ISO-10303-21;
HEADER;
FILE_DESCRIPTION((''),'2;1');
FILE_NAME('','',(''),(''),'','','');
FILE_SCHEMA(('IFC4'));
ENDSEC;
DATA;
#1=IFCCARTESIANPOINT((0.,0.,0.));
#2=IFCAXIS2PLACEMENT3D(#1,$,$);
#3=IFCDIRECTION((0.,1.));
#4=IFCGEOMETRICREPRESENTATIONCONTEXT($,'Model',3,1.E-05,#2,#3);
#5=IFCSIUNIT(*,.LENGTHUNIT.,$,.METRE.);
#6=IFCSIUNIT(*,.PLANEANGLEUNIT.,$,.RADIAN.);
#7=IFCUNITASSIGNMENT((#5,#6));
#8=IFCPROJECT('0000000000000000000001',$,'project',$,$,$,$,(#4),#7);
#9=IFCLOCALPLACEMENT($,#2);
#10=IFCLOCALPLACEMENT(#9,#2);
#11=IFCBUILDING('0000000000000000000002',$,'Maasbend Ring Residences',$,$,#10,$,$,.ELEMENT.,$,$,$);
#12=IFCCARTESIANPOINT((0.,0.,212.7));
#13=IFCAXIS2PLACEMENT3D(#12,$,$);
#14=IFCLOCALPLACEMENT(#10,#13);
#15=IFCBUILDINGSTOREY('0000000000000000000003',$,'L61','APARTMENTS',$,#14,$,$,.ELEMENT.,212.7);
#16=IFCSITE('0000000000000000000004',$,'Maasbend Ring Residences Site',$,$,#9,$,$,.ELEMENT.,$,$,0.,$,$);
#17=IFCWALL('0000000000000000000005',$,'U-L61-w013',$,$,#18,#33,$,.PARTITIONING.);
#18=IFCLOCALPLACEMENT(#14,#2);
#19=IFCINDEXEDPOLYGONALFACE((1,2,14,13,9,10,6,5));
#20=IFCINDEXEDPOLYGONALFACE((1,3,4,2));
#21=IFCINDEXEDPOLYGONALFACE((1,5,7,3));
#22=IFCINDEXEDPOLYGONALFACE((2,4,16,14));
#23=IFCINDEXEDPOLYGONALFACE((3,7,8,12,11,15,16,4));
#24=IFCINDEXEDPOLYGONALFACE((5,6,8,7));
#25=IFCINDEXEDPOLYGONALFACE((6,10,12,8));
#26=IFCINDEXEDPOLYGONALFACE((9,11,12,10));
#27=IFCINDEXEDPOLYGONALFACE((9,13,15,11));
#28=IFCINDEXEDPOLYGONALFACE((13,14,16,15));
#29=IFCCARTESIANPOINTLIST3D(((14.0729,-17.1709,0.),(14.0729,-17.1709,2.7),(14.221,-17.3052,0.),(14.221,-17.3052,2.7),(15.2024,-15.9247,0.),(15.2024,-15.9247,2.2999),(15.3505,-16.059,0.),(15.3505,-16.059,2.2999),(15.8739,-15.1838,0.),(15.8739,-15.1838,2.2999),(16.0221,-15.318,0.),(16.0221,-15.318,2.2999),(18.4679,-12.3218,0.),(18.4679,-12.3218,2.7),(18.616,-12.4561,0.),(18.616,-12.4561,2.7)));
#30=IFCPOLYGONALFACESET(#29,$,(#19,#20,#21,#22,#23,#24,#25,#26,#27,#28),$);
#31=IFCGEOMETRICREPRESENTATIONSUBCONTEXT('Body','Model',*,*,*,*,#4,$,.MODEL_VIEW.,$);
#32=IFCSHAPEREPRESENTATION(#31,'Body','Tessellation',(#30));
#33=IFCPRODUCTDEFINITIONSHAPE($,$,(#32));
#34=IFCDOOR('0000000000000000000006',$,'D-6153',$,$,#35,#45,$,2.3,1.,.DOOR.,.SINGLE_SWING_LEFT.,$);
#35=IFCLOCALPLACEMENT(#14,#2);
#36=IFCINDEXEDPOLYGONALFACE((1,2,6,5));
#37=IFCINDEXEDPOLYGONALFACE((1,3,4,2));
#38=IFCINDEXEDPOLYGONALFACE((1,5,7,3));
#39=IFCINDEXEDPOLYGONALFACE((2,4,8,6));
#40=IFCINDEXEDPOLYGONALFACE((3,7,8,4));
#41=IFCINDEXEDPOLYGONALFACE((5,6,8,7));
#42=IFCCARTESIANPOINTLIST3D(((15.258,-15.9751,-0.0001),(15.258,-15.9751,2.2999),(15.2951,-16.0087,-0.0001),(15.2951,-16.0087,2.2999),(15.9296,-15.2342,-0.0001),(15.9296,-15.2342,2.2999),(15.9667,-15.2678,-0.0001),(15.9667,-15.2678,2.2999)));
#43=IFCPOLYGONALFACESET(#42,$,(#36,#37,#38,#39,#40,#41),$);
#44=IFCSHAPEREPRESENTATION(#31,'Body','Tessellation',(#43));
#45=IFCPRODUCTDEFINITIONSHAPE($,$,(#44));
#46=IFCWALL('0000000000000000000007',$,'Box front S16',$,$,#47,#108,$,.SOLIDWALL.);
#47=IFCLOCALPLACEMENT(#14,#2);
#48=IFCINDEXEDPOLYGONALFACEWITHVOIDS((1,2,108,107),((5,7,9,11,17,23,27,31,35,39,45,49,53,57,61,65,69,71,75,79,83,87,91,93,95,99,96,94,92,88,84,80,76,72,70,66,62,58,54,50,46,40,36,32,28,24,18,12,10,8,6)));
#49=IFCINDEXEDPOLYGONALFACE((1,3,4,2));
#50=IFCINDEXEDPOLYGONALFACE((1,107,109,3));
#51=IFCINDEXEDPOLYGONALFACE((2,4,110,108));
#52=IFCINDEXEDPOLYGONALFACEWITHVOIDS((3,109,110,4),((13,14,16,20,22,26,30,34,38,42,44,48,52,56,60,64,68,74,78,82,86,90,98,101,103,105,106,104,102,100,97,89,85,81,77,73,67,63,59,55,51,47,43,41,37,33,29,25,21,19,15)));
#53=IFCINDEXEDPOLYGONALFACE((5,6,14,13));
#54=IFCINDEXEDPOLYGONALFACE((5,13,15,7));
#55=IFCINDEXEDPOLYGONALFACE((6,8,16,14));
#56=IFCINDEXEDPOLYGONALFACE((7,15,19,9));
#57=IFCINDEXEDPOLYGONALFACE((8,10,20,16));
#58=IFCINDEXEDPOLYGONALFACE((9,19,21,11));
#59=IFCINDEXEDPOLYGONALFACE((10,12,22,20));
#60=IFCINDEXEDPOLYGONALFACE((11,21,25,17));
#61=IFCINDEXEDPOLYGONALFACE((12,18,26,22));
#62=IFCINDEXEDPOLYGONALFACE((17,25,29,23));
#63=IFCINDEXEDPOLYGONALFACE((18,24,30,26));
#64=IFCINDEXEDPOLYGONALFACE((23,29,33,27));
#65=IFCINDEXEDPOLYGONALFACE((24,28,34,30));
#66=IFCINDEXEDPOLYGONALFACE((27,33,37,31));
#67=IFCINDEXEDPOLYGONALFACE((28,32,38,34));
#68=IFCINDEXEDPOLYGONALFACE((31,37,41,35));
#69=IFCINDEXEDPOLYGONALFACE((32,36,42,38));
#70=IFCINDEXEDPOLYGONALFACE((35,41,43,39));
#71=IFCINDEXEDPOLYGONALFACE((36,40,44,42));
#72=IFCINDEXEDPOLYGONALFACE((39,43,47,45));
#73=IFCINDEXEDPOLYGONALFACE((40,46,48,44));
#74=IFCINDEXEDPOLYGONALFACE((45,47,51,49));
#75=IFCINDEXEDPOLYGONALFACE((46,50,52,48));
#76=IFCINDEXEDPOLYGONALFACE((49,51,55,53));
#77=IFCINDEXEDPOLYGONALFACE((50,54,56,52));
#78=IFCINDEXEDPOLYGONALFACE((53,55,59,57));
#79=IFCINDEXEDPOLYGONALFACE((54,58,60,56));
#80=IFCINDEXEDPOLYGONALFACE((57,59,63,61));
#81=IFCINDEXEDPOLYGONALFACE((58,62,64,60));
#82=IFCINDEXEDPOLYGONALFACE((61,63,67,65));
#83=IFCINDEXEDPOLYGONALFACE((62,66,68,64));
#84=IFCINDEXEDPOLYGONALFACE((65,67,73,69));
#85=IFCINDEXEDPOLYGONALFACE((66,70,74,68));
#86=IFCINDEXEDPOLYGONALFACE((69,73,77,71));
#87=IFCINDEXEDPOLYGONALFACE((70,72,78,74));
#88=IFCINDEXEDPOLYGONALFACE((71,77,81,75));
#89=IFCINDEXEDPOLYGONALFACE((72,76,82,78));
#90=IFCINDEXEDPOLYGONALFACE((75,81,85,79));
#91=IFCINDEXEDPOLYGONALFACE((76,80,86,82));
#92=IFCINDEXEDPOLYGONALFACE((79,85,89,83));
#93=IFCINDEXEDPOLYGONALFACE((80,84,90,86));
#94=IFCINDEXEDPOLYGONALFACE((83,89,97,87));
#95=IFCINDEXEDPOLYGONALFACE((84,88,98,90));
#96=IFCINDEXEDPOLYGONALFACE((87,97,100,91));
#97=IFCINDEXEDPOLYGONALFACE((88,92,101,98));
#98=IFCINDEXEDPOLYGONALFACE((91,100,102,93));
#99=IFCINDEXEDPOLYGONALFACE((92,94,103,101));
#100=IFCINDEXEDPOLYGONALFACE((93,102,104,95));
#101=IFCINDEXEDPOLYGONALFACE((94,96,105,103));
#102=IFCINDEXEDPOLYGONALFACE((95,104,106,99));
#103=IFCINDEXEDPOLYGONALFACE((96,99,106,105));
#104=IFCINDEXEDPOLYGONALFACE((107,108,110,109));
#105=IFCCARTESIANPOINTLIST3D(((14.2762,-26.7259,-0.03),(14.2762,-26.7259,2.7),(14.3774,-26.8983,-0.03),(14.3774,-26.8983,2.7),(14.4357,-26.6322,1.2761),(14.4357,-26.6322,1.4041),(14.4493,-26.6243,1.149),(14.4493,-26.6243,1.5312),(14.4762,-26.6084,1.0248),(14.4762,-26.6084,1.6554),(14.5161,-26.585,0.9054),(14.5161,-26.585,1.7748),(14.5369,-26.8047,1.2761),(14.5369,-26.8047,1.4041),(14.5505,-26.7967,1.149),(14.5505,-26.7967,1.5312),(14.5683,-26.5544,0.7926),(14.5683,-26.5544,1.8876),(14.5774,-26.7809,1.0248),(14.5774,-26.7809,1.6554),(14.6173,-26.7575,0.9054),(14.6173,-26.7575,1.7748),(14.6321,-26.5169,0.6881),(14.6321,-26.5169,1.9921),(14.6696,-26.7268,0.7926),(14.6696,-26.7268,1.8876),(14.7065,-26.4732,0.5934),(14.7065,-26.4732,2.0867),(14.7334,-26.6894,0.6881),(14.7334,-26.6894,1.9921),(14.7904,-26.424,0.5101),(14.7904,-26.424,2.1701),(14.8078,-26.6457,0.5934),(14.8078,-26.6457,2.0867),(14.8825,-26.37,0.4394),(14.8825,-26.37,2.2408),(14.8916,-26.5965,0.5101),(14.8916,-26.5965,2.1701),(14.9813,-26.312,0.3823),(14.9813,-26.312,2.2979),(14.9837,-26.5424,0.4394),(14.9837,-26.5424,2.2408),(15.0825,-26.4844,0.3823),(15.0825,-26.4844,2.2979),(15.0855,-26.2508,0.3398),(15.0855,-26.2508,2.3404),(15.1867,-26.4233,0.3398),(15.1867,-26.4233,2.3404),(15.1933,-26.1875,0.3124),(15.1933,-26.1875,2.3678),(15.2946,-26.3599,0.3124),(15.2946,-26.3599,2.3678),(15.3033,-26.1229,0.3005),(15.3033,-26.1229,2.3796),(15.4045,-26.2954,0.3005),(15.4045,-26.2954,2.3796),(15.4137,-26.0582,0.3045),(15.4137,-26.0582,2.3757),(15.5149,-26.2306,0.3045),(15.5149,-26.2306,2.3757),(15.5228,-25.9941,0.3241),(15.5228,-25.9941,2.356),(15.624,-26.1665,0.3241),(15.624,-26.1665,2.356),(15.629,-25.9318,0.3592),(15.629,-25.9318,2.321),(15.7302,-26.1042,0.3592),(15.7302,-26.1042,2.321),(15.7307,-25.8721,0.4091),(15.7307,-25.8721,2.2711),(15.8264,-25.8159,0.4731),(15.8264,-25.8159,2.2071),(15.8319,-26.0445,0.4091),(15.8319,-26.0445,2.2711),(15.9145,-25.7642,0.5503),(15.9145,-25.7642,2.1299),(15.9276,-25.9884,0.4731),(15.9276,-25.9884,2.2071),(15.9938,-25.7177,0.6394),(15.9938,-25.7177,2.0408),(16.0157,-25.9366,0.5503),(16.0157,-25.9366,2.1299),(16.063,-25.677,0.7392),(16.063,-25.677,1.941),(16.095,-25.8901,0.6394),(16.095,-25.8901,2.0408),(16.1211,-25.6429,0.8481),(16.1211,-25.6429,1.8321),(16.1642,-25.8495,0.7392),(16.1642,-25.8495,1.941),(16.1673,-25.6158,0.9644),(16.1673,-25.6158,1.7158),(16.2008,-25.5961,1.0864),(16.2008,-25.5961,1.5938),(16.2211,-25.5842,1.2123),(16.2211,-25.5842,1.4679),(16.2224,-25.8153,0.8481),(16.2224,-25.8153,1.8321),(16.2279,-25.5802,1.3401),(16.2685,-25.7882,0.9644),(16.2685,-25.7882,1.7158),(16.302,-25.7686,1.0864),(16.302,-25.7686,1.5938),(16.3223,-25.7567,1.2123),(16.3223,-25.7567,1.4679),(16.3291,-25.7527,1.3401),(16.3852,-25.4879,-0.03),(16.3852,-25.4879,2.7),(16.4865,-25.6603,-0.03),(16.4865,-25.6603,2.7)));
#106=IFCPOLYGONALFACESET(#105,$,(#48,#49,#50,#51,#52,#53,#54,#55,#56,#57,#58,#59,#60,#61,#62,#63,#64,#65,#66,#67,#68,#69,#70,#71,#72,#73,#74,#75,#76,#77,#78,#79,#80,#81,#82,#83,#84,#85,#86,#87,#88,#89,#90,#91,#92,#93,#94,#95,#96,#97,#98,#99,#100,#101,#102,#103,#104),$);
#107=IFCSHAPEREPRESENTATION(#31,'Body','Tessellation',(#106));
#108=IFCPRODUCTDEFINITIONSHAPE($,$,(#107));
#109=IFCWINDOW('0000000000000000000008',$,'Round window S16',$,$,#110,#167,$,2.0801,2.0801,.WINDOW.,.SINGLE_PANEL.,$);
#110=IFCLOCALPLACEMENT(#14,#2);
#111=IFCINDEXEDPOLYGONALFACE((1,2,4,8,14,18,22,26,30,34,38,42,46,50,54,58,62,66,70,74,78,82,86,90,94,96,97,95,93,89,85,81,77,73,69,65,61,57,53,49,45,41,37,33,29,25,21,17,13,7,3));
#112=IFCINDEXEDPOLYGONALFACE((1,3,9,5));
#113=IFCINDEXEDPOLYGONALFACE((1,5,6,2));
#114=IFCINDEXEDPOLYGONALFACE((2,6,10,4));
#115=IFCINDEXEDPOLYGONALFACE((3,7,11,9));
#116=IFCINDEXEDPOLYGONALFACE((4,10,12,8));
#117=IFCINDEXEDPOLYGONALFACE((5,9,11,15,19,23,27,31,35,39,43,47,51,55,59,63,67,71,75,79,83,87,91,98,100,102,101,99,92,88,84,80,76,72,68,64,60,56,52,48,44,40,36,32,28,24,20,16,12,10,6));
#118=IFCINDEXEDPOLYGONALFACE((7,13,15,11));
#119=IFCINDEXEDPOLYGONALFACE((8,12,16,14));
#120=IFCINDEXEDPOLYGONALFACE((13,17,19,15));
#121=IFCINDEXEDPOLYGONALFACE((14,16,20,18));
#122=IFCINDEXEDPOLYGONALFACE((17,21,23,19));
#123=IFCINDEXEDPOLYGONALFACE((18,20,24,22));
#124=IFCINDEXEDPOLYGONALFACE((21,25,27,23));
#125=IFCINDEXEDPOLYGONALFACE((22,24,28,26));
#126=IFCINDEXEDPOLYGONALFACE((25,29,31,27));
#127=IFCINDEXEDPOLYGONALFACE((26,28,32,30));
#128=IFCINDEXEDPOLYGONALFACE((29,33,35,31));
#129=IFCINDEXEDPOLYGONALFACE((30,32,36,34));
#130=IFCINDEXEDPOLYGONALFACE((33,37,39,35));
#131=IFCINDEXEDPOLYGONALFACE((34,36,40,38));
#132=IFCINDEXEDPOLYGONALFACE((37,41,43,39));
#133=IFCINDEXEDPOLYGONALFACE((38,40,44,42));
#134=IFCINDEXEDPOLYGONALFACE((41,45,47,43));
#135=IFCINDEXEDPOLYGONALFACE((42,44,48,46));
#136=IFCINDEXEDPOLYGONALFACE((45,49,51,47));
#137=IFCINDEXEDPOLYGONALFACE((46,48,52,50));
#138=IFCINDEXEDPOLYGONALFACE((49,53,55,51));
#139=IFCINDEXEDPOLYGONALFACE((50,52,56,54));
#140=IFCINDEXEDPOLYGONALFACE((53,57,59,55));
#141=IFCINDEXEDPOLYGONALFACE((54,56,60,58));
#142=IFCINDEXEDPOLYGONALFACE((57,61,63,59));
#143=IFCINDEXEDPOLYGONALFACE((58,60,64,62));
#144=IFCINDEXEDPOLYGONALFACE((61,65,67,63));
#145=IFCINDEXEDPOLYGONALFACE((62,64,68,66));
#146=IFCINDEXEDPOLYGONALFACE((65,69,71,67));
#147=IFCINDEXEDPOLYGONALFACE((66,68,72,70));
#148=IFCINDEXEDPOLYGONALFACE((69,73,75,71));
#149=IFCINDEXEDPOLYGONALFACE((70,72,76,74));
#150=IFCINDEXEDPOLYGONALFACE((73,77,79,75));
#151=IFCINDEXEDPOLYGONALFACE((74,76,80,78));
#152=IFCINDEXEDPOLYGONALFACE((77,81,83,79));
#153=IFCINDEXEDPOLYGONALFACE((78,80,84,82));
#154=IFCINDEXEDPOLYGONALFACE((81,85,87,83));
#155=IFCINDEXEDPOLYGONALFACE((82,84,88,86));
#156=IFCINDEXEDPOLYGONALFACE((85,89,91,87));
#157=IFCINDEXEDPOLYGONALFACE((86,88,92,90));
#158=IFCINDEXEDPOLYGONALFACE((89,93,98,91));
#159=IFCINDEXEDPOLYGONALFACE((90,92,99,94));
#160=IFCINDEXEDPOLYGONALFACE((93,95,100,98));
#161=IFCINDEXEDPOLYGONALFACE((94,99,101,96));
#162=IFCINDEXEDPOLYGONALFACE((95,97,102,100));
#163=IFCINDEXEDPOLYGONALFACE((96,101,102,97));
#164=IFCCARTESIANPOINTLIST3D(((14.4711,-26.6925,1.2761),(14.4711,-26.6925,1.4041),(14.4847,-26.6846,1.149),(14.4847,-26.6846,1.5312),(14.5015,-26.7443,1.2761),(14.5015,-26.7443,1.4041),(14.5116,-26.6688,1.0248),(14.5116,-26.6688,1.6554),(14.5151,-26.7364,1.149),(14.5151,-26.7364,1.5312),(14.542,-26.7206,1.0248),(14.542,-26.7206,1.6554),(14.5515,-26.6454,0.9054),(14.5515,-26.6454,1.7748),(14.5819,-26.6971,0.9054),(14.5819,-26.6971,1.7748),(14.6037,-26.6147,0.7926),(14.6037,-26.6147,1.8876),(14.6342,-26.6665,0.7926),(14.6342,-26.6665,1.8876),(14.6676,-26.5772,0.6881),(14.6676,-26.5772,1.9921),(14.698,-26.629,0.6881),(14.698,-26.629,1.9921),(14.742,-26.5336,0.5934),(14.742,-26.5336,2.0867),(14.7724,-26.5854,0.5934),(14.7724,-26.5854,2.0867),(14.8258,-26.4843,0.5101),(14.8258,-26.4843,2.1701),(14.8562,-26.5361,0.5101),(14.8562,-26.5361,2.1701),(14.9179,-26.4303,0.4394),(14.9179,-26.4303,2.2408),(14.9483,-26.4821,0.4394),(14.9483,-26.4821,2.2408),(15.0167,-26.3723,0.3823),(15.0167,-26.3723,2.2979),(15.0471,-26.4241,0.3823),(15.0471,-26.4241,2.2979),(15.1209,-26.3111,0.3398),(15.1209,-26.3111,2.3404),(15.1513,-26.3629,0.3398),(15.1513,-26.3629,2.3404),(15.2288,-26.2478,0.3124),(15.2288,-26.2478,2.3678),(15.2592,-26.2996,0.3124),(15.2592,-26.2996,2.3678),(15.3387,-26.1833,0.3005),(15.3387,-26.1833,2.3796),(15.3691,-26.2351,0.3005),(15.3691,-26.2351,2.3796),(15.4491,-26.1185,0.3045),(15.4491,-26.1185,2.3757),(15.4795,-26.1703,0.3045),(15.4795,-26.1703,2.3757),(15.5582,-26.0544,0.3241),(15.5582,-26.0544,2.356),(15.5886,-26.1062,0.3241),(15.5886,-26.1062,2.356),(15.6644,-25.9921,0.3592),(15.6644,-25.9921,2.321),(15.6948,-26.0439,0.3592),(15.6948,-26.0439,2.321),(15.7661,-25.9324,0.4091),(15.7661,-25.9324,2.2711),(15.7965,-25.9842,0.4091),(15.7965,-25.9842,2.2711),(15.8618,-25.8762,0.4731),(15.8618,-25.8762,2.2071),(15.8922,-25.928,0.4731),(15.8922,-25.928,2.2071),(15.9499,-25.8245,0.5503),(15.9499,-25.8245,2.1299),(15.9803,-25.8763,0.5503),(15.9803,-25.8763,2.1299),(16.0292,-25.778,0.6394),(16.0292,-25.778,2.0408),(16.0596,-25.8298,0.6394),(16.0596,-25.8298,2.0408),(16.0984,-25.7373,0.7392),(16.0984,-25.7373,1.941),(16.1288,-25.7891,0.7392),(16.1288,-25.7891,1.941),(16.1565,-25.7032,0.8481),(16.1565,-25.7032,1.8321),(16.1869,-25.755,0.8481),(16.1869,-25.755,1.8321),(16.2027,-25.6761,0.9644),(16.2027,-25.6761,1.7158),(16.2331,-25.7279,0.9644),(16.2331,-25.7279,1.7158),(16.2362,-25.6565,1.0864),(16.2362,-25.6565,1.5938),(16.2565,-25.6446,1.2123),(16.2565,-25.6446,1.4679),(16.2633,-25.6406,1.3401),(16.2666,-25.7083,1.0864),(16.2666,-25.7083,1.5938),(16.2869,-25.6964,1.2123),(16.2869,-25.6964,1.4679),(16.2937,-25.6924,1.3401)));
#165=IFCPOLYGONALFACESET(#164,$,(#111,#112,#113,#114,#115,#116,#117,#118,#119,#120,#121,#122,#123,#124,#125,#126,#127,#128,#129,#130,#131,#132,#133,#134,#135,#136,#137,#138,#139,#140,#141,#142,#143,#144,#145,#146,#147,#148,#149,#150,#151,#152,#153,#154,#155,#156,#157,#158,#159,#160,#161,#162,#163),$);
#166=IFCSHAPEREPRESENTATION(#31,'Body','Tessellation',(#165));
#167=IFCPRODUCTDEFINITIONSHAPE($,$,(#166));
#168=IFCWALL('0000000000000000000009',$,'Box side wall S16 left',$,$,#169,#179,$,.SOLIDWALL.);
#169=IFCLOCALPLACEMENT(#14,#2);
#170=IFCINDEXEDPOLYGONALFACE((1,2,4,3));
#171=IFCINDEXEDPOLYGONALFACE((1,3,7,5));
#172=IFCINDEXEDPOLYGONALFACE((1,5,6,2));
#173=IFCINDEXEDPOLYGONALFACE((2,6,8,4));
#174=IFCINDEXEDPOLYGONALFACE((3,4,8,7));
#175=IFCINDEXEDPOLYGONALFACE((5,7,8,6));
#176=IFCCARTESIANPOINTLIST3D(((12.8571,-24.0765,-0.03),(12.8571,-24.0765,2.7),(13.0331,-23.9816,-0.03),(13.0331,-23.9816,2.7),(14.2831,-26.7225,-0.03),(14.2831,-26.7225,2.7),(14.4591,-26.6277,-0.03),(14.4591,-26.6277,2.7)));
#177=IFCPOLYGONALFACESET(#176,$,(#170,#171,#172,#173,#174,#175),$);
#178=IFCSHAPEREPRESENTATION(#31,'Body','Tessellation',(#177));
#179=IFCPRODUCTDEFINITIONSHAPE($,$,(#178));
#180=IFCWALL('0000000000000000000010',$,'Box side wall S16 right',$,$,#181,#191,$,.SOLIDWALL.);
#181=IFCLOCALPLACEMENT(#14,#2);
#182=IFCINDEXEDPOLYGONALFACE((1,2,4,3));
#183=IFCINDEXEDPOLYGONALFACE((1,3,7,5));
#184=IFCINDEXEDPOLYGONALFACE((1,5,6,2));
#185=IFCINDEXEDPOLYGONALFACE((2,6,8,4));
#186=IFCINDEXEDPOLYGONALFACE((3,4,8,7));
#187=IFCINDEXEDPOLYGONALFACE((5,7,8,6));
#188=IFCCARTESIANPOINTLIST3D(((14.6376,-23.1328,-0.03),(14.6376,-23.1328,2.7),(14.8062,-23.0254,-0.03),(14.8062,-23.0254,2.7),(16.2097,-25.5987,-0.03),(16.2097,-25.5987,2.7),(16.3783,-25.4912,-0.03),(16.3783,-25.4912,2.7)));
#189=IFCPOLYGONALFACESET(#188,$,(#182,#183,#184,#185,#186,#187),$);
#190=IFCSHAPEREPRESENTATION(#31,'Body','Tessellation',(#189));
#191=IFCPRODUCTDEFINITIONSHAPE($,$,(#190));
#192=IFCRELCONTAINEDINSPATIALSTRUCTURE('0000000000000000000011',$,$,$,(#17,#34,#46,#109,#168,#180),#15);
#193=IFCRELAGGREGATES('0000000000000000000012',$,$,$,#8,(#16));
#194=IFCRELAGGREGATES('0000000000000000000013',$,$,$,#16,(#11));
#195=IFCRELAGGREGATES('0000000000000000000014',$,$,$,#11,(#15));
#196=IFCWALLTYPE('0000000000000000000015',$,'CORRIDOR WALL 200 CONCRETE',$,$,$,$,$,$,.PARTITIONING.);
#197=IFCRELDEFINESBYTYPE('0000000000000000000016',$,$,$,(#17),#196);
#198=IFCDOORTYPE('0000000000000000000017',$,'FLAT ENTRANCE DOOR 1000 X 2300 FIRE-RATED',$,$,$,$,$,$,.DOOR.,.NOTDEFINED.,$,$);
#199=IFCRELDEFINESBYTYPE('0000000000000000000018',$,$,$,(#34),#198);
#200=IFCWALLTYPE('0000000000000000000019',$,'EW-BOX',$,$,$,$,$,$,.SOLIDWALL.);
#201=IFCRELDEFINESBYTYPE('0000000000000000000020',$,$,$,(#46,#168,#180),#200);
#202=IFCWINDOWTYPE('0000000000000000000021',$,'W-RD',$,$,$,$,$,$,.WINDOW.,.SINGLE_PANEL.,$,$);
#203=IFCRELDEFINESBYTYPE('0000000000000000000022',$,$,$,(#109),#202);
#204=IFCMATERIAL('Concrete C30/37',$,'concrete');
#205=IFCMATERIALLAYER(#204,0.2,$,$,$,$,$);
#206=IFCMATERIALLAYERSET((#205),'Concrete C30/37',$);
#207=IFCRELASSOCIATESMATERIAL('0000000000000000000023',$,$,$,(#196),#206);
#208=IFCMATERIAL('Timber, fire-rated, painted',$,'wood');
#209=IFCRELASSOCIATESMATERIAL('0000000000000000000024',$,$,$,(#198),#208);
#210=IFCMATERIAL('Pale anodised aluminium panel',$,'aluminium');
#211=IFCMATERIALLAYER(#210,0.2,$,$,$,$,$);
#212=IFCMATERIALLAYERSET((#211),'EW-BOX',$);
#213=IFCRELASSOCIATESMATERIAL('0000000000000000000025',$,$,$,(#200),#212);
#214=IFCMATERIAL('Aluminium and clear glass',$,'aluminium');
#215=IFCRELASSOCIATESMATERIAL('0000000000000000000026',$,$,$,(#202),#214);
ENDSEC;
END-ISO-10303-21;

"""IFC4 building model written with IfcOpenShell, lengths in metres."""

from ifc_helpers import new_model, si_unit, direction, frame, frame_2d, origin, place, context, subcontext, project, spatial, rectangle, circle, extrude, material, layer, layer_set, type_object, element, fill, save


model = new_model("IFC4")

# Units and contexts
model_context = context("Model", 3, precision=1e-05, world=origin(), true_north=direction((0.0, 1.0)))
body_context = subcontext(model_context, "Body", "Model", "MODEL_VIEW")
ifc_project = project(units=[si_unit("LENGTHUNIT", "METRE"), si_unit("PLANEANGLEUNIT", "RADIAN")], contexts=[model_context])

# Site, building, storey
site_placement = place(None, origin())
site = spatial("IfcSite", under=ifc_project, at=site_placement, Name="Maasbend Ring Residences Site", CompositionType="ELEMENT", RefElevation=0.0)
building_placement = place(site_placement, origin())
building = spatial("IfcBuilding", under=site, at=building_placement, Name="Maasbend Ring Residences", CompositionType="ELEMENT")
storey_placement = place(building_placement, frame((0.0, 0.0, 212.7)))
storey = spatial("IfcBuildingStorey", under=building, at=storey_placement, Name="L61", Description="APARTMENTS", CompositionType="ELEMENT", Elevation=212.7)

# Wall, opening, door
ifc_material_1 = material(Name="Concrete C30/37", Category="concrete")
ifc_layer_1 = layer(ifc_material_1, 0.2)
ifc_layer_set_1 = layer_set([ifc_layer_1], Name="Concrete C30/37")
wall_type_1 = type_object("IfcWallType", Name="CORRIDOR WALL 200 CONCRETE", PredefinedType="PARTITIONING", material=ifc_layer_set_1)
wall_1_placement = place(storey_placement, frame((14.147, -17.238, 0.0), z_axis=(0.0, 0.0, 1.0), x_axis=(0.671562, 0.740949, 0.0)))
wall_1 = element("IfcWall", 1, at=wall_1_placement, inside=storey, type_object=wall_type_1, Name="U-L61-w013", PredefinedType="PARTITIONING", context=body_context, shape_type="SweptSolid", body=[
    extrude(rectangle(XDim=6.5444, YDim=0.2, at=frame_2d((3.2722, 0.0))), origin(), (0.0, 0.0, 1.0), 2.7),
])
opening_1_placement = place(wall_1_placement, frame((1.6819, 0.0, 0.0)))
opening_1 = element("IfcOpeningElement", 2, at=opening_1_placement, cuts=wall_1, PredefinedType="OPENING", context=body_context, shape_type="SweptSolid", body=[
    extrude(rectangle(XDim=1.0, YDim=2.3, at=frame_2d((0.5, 1.1499))), frame((0.0, 0.1099, 0.0), z_axis=(0.0, -1.0, 0.0), x_axis=(1.0, 0.0, 0.0)), (0.0, 0.0, 1.0), 0.22),
])
ifc_material_2 = material(Name="Timber, fire-rated, painted", Category="wood")
door_type_1 = type_object("IfcDoorType", Name="FLAT ENTRANCE DOOR 1000 X 2300 FIRE-RATED", OperationType="NOTDEFINED", PredefinedType="DOOR", material=ifc_material_2)
door_1_placement = place(opening_1_placement, origin())
door_1 = element("IfcDoor", 3, at=door_1_placement, inside=storey, type_object=door_type_1, Name="D-6153", OperationType="SINGLE_SWING_LEFT", OverallHeight=2.3, OverallWidth=1.0, PredefinedType="DOOR", context=body_context, shape_type="SweptSolid", body=[
    extrude(rectangle(XDim=1.0, YDim=2.3, at=frame_2d((0.5, 1.1499))), frame((0.0, 0.0249, 0.0), z_axis=(0.0, -1.0, 0.0), x_axis=(1.0, 0.0, 0.0)), (0.0, 0.0, 1.0), 0.05),
])
fill(opening_1, door_1)

# Wall, opening, window
ifc_material_3 = material(Name="Pale anodised aluminium panel", Category="aluminium")
ifc_layer_2 = layer(ifc_material_3, 0.2)
ifc_layer_set_2 = layer_set([ifc_layer_2], Name="EW-BOX")
wall_type_2 = type_object("IfcWallType", Name="EW-BOX", PredefinedType="SOLIDWALL", material=ifc_layer_set_2)
wall_2_placement = place(storey_placement, frame((14.3269, -26.812, -0.03), z_axis=(0.0, 0.0, 1.0), x_axis=(0.862403, 0.506222, 0.0)))
wall_2 = element("IfcWall", 4, at=wall_2_placement, inside=storey, type_object=wall_type_2, Name="Box front S16", PredefinedType="SOLIDWALL", context=body_context, shape_type="SweptSolid", body=[
    extrude(rectangle(XDim=2.4456, YDim=0.2, at=frame_2d((1.2227, 0.0))), origin(), (0.0, 0.0, 1.0), 2.73),
])
opening_2_placement = place(wall_2_placement, frame((0.1829, 0.0, 0.3301)))
opening_2 = element("IfcOpeningElement", 5, at=opening_2_placement, cuts=wall_2, PredefinedType="OPENING", context=body_context, shape_type="SweptSolid", body=[
    extrude(circle(Radius=1.04, at=frame_2d((1.04, 1.04))), frame((0.0, 0.1099, 0.0), z_axis=(0.0, -1.0, 0.0), x_axis=(1.0, 0.0, 0.0)), (0.0, 0.0, 1.0), 0.22),
])
ifc_material_4 = material(Name="Aluminium and clear glass", Category="aluminium")
window_type_1 = type_object("IfcWindowType", Name="W-RD", PartitioningType="SINGLE_PANEL", PredefinedType="WINDOW", material=ifc_material_4)
window_1_placement = place(opening_2_placement, origin())
window_1 = element("IfcWindow", 6, at=window_1_placement, inside=storey, type_object=window_type_1, Name="Round window S16", OverallHeight=2.0801, OverallWidth=2.0801, PartitioningType="SINGLE_PANEL", PredefinedType="WINDOW", context=body_context, shape_type="SweptSolid", body=[
    extrude(circle(Radius=1.04, at=frame_2d((1.04, 1.04))), frame((0.0, 0.03, 0.0), z_axis=(0.0, -1.0, 0.0), x_axis=(1.0, 0.0, 0.0)), (0.0, 0.0, 1.0), 0.0601),
])
fill(opening_2, window_1)

# Walls
wall_3_placement = place(storey_placement, frame((12.9451, -24.0291, -0.03), z_axis=(0.0, 0.0, 1.0), x_axis=(0.474424, -0.880296, 0.0)))
element("IfcWall", 7, at=wall_3_placement, inside=storey, type_object=wall_type_2, Name="Box side wall S16 left", PredefinedType="SOLIDWALL", context=body_context, shape_type="SweptSolid", body=[
    extrude(rectangle(XDim=3.0059, YDim=0.2, at=frame_2d((1.5029, 0.0))), origin(), (0.0, 0.0, 1.0), 2.73),
])
wall_4_placement = place(storey_placement, frame((14.7219, -23.0791, -0.03), z_axis=(0.0, 0.0, 1.0), x_axis=(0.537572, -0.843218, 0.0)))
element("IfcWall", 8, at=wall_4_placement, inside=storey, type_object=wall_type_2, Name="Box side wall S16 right", PredefinedType="SOLIDWALL", context=body_context, shape_type="SweptSolid", body=[
    extrude(rectangle(XDim=2.9243, YDim=0.2, at=frame_2d((1.4622, 0.0))), origin(), (0.0, 0.0, 1.0), 2.73),
])

save(model, "model.ifc")
